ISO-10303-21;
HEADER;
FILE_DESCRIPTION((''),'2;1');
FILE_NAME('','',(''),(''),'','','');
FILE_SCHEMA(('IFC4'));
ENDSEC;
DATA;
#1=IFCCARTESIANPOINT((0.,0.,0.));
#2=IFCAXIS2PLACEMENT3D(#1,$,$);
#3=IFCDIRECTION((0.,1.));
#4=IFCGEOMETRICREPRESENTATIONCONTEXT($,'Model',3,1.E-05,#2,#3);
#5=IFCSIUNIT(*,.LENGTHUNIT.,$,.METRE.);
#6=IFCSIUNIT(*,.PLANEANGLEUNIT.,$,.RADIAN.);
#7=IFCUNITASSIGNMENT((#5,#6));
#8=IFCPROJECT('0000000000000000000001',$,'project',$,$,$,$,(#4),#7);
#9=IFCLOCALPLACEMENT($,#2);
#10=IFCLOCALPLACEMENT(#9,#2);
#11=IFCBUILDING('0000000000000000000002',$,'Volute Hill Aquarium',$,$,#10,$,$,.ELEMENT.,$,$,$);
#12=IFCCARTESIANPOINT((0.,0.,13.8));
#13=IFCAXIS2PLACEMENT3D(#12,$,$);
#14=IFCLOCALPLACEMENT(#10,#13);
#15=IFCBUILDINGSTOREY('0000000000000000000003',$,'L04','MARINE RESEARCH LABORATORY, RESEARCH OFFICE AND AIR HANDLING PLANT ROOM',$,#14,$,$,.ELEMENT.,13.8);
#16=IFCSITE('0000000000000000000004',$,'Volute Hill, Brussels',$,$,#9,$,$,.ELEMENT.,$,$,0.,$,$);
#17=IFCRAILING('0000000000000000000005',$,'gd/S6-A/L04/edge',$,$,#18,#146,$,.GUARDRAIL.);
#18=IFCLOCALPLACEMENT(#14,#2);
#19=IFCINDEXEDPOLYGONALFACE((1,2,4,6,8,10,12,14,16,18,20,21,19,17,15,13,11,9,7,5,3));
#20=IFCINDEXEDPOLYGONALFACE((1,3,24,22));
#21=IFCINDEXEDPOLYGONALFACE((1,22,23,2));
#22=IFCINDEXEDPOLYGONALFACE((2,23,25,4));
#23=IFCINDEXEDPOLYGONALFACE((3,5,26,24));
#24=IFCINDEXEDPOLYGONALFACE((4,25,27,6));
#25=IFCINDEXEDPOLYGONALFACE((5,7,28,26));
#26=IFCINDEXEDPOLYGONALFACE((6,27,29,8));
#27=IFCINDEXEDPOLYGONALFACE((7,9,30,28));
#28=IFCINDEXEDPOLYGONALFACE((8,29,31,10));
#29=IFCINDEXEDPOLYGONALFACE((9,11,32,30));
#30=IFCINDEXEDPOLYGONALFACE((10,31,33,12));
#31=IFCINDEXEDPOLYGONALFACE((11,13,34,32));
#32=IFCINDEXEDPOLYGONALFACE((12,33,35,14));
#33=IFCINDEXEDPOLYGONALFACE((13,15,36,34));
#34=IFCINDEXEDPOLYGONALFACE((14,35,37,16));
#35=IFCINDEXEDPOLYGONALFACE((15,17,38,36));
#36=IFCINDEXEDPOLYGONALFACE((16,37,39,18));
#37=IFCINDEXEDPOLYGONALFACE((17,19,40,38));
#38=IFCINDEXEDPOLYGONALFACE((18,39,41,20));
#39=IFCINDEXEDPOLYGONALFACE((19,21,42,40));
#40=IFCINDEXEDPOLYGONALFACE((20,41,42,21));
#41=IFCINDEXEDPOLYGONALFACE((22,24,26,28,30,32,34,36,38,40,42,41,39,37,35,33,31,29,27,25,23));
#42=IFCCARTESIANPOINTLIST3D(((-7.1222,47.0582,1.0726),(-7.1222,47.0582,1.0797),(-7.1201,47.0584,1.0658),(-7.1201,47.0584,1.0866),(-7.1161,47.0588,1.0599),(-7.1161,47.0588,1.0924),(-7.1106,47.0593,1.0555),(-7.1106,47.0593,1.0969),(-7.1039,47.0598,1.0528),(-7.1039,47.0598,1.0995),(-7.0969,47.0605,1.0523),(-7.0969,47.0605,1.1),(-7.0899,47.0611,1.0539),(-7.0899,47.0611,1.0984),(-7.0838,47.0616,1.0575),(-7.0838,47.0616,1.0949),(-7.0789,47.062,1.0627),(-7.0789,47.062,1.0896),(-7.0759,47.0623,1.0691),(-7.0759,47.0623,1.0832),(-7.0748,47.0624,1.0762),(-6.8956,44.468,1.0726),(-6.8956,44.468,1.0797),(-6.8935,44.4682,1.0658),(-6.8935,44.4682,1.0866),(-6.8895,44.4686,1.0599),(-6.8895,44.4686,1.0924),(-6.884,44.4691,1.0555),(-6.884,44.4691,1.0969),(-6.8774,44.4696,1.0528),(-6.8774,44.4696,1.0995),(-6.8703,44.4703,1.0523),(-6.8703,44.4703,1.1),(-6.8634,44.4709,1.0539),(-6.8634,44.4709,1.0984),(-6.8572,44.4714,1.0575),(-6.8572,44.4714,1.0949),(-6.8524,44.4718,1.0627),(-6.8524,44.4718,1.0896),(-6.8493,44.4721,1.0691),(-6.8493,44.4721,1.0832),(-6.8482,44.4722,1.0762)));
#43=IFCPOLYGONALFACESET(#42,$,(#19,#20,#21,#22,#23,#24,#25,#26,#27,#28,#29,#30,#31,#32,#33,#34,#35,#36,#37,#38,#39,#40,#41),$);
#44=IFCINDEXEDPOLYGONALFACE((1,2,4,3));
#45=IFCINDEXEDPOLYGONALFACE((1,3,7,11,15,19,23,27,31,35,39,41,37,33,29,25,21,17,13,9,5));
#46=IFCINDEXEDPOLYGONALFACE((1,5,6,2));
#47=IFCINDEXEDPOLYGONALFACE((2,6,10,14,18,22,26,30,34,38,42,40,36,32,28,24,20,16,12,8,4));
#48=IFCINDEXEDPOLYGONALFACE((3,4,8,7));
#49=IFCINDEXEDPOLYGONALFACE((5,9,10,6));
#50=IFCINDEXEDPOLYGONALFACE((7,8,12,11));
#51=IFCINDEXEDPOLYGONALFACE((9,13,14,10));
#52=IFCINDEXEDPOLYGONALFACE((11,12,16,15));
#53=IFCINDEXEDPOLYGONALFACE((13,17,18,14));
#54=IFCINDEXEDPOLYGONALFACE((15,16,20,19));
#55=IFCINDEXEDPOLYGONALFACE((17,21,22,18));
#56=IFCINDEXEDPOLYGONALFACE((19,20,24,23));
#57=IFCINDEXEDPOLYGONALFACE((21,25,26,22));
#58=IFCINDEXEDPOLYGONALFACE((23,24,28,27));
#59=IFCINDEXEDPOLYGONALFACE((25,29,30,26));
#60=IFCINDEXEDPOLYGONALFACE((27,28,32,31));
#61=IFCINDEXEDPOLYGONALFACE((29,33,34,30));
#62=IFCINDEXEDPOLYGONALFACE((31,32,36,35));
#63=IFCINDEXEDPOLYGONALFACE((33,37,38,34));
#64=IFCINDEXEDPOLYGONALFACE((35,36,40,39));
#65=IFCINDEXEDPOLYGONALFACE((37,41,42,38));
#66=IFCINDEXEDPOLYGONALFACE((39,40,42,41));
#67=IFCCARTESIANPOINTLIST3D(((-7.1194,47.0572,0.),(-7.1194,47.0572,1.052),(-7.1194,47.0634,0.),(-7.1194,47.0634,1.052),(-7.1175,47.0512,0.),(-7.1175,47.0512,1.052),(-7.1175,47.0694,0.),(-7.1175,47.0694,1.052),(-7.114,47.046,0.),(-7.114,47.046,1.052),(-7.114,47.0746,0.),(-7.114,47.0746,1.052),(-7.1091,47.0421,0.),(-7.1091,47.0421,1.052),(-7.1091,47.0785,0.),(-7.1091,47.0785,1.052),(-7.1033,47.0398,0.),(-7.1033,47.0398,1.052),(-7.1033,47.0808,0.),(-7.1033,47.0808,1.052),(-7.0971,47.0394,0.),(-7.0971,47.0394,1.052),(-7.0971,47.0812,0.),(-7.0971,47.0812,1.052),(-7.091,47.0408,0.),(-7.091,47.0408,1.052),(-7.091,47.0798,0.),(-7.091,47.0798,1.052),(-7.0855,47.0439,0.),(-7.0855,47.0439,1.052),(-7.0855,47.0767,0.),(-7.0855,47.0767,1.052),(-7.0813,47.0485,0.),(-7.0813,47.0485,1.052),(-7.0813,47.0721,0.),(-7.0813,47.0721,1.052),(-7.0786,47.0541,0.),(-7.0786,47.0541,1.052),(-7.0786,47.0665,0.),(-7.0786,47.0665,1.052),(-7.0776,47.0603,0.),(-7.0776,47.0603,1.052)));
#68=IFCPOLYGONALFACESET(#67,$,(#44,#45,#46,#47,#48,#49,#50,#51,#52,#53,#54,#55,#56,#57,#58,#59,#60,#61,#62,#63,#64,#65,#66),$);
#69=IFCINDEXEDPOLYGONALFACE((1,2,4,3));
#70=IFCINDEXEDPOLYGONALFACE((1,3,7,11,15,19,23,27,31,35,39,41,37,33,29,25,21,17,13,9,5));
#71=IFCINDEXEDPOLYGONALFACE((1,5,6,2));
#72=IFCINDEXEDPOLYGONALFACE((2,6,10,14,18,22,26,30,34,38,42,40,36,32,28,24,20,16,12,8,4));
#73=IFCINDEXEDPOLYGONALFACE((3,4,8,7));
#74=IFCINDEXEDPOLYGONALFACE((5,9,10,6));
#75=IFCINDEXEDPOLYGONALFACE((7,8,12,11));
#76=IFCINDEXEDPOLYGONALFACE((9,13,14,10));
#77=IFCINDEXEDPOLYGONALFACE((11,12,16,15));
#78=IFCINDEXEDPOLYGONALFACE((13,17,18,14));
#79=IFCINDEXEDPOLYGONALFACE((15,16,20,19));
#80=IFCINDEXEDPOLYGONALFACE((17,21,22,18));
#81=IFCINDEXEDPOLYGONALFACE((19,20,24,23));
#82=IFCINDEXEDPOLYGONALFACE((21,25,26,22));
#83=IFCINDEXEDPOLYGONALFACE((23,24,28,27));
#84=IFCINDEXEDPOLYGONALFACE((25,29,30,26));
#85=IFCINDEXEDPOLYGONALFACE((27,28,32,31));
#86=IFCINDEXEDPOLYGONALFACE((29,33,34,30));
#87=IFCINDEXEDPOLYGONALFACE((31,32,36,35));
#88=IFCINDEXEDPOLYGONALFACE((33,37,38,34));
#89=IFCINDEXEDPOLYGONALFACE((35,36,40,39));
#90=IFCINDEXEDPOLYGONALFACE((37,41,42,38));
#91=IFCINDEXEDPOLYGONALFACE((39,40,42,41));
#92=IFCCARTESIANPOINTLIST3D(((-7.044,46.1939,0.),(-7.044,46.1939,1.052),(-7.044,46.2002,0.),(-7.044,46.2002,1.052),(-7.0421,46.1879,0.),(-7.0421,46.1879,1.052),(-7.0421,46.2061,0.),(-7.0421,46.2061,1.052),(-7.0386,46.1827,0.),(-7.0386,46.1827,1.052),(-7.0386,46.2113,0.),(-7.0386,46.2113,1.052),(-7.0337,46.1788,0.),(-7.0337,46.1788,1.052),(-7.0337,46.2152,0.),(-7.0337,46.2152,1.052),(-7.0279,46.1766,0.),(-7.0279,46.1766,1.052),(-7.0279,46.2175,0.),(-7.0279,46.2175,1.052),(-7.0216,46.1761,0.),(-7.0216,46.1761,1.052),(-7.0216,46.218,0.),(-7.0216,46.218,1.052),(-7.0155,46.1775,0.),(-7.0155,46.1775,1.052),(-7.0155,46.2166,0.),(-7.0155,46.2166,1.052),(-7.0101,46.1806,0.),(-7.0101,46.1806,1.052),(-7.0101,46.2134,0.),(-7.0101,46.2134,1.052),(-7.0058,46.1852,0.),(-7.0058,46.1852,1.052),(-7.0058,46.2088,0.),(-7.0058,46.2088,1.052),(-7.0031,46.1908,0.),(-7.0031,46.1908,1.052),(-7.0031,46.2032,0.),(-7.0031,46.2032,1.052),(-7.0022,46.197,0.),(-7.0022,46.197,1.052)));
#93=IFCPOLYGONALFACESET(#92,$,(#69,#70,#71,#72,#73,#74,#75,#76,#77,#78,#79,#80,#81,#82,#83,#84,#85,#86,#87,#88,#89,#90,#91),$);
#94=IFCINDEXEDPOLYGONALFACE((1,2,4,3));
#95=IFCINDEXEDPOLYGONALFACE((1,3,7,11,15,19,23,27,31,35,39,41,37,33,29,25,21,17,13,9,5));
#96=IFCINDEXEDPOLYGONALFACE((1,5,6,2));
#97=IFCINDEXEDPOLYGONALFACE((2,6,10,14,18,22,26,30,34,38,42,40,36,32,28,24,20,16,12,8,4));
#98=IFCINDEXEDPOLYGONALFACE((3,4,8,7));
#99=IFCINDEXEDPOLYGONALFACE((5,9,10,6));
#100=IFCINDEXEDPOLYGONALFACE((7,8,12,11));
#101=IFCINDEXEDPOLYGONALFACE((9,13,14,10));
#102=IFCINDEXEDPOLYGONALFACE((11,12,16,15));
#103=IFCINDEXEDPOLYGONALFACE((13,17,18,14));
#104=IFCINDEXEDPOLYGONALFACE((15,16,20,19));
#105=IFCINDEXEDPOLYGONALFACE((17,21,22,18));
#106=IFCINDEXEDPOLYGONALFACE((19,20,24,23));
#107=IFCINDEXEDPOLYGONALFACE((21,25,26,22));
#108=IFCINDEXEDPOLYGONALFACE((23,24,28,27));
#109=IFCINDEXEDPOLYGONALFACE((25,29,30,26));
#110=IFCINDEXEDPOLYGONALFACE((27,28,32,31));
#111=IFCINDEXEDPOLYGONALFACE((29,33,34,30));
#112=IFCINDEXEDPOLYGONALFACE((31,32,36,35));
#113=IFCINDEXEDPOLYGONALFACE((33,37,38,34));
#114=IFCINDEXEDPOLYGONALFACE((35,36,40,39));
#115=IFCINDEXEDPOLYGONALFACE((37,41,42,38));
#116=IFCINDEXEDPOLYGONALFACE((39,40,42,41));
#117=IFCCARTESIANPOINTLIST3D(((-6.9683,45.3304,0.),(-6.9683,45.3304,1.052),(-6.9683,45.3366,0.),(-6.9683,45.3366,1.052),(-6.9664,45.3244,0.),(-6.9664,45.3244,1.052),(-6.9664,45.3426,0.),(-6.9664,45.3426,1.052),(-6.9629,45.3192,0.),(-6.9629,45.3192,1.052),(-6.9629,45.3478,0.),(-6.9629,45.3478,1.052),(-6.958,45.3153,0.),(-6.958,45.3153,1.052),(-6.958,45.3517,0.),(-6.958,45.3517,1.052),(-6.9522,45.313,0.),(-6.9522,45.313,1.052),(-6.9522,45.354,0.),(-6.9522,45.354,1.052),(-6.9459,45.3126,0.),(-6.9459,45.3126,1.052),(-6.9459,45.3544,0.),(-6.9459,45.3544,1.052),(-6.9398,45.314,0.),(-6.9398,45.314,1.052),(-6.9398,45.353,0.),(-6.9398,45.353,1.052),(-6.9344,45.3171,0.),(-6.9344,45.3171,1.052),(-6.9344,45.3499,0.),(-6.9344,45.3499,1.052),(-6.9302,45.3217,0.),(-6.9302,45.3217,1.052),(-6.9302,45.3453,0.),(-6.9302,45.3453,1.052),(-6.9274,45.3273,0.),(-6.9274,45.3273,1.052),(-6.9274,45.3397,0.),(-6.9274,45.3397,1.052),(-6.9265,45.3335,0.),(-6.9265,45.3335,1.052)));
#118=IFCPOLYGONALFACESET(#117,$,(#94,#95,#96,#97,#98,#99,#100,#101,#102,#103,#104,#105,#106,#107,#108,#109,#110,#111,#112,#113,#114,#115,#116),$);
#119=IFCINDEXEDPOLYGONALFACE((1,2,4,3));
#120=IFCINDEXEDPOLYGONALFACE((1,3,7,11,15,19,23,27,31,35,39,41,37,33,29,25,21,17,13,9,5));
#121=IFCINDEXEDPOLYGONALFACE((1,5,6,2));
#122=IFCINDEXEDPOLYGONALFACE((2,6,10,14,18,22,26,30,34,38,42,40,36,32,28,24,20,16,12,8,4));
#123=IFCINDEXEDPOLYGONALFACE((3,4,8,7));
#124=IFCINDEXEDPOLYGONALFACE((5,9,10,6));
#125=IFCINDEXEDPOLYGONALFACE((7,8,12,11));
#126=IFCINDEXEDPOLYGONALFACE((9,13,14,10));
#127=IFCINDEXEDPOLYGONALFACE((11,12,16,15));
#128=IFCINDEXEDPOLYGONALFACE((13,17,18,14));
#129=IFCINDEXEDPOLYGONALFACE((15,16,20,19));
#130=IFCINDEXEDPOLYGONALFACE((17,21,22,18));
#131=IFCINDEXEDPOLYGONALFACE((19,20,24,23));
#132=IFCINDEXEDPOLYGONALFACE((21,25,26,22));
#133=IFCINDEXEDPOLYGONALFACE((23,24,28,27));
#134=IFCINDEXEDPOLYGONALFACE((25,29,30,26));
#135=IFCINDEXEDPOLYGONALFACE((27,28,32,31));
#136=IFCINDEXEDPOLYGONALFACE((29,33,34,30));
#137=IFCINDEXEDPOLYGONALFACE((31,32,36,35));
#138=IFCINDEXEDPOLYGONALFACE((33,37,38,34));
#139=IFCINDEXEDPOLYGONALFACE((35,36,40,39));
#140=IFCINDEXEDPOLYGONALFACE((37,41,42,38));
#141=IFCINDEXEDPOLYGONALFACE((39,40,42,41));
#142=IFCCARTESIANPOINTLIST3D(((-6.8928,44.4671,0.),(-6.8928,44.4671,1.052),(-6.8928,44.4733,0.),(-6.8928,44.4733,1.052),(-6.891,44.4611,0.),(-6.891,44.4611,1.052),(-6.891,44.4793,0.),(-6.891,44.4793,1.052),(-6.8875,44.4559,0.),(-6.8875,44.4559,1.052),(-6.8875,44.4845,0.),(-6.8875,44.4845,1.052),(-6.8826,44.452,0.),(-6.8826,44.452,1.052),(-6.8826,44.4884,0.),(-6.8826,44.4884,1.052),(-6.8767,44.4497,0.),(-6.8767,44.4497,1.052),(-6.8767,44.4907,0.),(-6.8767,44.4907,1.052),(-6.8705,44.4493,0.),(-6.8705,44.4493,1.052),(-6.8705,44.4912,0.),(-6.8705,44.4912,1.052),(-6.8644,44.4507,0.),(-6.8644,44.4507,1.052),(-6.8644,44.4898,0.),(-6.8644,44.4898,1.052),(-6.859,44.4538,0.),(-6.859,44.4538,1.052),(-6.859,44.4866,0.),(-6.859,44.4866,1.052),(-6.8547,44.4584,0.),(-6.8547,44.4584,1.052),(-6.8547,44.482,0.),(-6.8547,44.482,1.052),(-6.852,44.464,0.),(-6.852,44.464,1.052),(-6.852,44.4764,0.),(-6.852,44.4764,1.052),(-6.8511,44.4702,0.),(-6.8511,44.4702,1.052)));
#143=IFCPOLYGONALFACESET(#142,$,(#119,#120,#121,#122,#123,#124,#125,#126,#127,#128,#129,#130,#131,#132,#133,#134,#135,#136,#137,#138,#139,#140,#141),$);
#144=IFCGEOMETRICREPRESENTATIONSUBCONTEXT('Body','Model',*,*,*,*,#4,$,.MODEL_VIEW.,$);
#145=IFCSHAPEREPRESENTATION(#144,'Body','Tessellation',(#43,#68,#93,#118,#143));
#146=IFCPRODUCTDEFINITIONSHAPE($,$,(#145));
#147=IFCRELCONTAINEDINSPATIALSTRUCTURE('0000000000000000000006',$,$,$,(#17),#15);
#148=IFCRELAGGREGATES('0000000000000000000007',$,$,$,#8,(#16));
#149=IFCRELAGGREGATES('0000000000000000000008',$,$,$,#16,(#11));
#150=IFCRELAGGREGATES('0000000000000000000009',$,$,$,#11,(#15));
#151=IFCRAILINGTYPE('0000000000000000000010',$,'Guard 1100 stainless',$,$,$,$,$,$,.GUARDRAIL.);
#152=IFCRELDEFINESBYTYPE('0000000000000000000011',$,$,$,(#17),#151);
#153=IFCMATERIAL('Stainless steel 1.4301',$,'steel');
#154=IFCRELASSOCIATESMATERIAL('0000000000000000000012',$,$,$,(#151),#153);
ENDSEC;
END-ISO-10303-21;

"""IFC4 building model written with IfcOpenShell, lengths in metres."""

from ifc_helpers import new_model, si_unit, direction, frame, origin, origin_2d, place, context, subcontext, project, spatial, circle, extrude, material, type_object, element, save


model = new_model("IFC4")

# Units and contexts
model_context = context("Model", 3, precision=1e-05, world=origin(), true_north=direction((0.0, 1.0)))
body_context = subcontext(model_context, "Body", "Model", "MODEL_VIEW")
ifc_project = project(units=[si_unit("LENGTHUNIT", "METRE"), si_unit("PLANEANGLEUNIT", "RADIAN")], contexts=[model_context])

# Site, building, storey
site_placement = place(None, origin())
site = spatial("IfcSite", under=ifc_project, at=site_placement, Name="Volute Hill, Brussels", CompositionType="ELEMENT", RefElevation=0.0)
building_placement = place(site_placement, origin())
building = spatial("IfcBuilding", under=site, at=building_placement, Name="Volute Hill Aquarium", CompositionType="ELEMENT")
storey_placement = place(building_placement, frame((0.0, 0.0, 13.8)))
storey = spatial("IfcBuildingStorey", under=building, at=storey_placement, Name="L04", Description="MARINE RESEARCH LABORATORY, RESEARCH OFFICE AND AIR HANDLING PLANT ROOM", CompositionType="ELEMENT", Elevation=13.8)

# Railing
ifc_material_1 = material(Name="Stainless steel 1.4301", Category="steel")
railing_type = type_object("IfcRailingType", Name="Guard 1100 stainless", PredefinedType="GUARDRAIL", material=ifc_material_1)
railing_1_placement = place(storey_placement, frame((-7.0986, 47.0603, 0.0)))
element("IfcRailing", 1, at=railing_1_placement, inside=storey, type_object=railing_type, Name="gd/S6-A/L04/edge", PredefinedType="GUARDRAIL", context=body_context, shape_type="SweptSolid", body=[
    extrude(circle(Radius=0.0239, at=origin_2d()), frame((0.0, 0.0, 1.0762), z_axis=(0.08714, -0.996196, 0.0), x_axis=(0.996196, 0.08714, 0.0)), (0.0, 0.0, 1.0), 2.6001),
    extrude(circle(Radius=0.021, at=origin_2d()), origin(), (0.0, 0.0, 1.0), 1.052),
    extrude(circle(Radius=0.021, at=origin_2d()), frame((0.0754, -0.8633, 0.0)), (0.0, 0.0, 1.0), 1.052),
    extrude(circle(Radius=0.021, at=origin_2d()), frame((0.1511, -1.7268, 0.0)), (0.0, 0.0, 1.0), 1.052),
    extrude(circle(Radius=0.021, at=origin_2d()), frame((0.2266, -2.5901, 0.0)), (0.0, 0.0, 1.0), 1.052),
])

save(model, "model.ifc")
